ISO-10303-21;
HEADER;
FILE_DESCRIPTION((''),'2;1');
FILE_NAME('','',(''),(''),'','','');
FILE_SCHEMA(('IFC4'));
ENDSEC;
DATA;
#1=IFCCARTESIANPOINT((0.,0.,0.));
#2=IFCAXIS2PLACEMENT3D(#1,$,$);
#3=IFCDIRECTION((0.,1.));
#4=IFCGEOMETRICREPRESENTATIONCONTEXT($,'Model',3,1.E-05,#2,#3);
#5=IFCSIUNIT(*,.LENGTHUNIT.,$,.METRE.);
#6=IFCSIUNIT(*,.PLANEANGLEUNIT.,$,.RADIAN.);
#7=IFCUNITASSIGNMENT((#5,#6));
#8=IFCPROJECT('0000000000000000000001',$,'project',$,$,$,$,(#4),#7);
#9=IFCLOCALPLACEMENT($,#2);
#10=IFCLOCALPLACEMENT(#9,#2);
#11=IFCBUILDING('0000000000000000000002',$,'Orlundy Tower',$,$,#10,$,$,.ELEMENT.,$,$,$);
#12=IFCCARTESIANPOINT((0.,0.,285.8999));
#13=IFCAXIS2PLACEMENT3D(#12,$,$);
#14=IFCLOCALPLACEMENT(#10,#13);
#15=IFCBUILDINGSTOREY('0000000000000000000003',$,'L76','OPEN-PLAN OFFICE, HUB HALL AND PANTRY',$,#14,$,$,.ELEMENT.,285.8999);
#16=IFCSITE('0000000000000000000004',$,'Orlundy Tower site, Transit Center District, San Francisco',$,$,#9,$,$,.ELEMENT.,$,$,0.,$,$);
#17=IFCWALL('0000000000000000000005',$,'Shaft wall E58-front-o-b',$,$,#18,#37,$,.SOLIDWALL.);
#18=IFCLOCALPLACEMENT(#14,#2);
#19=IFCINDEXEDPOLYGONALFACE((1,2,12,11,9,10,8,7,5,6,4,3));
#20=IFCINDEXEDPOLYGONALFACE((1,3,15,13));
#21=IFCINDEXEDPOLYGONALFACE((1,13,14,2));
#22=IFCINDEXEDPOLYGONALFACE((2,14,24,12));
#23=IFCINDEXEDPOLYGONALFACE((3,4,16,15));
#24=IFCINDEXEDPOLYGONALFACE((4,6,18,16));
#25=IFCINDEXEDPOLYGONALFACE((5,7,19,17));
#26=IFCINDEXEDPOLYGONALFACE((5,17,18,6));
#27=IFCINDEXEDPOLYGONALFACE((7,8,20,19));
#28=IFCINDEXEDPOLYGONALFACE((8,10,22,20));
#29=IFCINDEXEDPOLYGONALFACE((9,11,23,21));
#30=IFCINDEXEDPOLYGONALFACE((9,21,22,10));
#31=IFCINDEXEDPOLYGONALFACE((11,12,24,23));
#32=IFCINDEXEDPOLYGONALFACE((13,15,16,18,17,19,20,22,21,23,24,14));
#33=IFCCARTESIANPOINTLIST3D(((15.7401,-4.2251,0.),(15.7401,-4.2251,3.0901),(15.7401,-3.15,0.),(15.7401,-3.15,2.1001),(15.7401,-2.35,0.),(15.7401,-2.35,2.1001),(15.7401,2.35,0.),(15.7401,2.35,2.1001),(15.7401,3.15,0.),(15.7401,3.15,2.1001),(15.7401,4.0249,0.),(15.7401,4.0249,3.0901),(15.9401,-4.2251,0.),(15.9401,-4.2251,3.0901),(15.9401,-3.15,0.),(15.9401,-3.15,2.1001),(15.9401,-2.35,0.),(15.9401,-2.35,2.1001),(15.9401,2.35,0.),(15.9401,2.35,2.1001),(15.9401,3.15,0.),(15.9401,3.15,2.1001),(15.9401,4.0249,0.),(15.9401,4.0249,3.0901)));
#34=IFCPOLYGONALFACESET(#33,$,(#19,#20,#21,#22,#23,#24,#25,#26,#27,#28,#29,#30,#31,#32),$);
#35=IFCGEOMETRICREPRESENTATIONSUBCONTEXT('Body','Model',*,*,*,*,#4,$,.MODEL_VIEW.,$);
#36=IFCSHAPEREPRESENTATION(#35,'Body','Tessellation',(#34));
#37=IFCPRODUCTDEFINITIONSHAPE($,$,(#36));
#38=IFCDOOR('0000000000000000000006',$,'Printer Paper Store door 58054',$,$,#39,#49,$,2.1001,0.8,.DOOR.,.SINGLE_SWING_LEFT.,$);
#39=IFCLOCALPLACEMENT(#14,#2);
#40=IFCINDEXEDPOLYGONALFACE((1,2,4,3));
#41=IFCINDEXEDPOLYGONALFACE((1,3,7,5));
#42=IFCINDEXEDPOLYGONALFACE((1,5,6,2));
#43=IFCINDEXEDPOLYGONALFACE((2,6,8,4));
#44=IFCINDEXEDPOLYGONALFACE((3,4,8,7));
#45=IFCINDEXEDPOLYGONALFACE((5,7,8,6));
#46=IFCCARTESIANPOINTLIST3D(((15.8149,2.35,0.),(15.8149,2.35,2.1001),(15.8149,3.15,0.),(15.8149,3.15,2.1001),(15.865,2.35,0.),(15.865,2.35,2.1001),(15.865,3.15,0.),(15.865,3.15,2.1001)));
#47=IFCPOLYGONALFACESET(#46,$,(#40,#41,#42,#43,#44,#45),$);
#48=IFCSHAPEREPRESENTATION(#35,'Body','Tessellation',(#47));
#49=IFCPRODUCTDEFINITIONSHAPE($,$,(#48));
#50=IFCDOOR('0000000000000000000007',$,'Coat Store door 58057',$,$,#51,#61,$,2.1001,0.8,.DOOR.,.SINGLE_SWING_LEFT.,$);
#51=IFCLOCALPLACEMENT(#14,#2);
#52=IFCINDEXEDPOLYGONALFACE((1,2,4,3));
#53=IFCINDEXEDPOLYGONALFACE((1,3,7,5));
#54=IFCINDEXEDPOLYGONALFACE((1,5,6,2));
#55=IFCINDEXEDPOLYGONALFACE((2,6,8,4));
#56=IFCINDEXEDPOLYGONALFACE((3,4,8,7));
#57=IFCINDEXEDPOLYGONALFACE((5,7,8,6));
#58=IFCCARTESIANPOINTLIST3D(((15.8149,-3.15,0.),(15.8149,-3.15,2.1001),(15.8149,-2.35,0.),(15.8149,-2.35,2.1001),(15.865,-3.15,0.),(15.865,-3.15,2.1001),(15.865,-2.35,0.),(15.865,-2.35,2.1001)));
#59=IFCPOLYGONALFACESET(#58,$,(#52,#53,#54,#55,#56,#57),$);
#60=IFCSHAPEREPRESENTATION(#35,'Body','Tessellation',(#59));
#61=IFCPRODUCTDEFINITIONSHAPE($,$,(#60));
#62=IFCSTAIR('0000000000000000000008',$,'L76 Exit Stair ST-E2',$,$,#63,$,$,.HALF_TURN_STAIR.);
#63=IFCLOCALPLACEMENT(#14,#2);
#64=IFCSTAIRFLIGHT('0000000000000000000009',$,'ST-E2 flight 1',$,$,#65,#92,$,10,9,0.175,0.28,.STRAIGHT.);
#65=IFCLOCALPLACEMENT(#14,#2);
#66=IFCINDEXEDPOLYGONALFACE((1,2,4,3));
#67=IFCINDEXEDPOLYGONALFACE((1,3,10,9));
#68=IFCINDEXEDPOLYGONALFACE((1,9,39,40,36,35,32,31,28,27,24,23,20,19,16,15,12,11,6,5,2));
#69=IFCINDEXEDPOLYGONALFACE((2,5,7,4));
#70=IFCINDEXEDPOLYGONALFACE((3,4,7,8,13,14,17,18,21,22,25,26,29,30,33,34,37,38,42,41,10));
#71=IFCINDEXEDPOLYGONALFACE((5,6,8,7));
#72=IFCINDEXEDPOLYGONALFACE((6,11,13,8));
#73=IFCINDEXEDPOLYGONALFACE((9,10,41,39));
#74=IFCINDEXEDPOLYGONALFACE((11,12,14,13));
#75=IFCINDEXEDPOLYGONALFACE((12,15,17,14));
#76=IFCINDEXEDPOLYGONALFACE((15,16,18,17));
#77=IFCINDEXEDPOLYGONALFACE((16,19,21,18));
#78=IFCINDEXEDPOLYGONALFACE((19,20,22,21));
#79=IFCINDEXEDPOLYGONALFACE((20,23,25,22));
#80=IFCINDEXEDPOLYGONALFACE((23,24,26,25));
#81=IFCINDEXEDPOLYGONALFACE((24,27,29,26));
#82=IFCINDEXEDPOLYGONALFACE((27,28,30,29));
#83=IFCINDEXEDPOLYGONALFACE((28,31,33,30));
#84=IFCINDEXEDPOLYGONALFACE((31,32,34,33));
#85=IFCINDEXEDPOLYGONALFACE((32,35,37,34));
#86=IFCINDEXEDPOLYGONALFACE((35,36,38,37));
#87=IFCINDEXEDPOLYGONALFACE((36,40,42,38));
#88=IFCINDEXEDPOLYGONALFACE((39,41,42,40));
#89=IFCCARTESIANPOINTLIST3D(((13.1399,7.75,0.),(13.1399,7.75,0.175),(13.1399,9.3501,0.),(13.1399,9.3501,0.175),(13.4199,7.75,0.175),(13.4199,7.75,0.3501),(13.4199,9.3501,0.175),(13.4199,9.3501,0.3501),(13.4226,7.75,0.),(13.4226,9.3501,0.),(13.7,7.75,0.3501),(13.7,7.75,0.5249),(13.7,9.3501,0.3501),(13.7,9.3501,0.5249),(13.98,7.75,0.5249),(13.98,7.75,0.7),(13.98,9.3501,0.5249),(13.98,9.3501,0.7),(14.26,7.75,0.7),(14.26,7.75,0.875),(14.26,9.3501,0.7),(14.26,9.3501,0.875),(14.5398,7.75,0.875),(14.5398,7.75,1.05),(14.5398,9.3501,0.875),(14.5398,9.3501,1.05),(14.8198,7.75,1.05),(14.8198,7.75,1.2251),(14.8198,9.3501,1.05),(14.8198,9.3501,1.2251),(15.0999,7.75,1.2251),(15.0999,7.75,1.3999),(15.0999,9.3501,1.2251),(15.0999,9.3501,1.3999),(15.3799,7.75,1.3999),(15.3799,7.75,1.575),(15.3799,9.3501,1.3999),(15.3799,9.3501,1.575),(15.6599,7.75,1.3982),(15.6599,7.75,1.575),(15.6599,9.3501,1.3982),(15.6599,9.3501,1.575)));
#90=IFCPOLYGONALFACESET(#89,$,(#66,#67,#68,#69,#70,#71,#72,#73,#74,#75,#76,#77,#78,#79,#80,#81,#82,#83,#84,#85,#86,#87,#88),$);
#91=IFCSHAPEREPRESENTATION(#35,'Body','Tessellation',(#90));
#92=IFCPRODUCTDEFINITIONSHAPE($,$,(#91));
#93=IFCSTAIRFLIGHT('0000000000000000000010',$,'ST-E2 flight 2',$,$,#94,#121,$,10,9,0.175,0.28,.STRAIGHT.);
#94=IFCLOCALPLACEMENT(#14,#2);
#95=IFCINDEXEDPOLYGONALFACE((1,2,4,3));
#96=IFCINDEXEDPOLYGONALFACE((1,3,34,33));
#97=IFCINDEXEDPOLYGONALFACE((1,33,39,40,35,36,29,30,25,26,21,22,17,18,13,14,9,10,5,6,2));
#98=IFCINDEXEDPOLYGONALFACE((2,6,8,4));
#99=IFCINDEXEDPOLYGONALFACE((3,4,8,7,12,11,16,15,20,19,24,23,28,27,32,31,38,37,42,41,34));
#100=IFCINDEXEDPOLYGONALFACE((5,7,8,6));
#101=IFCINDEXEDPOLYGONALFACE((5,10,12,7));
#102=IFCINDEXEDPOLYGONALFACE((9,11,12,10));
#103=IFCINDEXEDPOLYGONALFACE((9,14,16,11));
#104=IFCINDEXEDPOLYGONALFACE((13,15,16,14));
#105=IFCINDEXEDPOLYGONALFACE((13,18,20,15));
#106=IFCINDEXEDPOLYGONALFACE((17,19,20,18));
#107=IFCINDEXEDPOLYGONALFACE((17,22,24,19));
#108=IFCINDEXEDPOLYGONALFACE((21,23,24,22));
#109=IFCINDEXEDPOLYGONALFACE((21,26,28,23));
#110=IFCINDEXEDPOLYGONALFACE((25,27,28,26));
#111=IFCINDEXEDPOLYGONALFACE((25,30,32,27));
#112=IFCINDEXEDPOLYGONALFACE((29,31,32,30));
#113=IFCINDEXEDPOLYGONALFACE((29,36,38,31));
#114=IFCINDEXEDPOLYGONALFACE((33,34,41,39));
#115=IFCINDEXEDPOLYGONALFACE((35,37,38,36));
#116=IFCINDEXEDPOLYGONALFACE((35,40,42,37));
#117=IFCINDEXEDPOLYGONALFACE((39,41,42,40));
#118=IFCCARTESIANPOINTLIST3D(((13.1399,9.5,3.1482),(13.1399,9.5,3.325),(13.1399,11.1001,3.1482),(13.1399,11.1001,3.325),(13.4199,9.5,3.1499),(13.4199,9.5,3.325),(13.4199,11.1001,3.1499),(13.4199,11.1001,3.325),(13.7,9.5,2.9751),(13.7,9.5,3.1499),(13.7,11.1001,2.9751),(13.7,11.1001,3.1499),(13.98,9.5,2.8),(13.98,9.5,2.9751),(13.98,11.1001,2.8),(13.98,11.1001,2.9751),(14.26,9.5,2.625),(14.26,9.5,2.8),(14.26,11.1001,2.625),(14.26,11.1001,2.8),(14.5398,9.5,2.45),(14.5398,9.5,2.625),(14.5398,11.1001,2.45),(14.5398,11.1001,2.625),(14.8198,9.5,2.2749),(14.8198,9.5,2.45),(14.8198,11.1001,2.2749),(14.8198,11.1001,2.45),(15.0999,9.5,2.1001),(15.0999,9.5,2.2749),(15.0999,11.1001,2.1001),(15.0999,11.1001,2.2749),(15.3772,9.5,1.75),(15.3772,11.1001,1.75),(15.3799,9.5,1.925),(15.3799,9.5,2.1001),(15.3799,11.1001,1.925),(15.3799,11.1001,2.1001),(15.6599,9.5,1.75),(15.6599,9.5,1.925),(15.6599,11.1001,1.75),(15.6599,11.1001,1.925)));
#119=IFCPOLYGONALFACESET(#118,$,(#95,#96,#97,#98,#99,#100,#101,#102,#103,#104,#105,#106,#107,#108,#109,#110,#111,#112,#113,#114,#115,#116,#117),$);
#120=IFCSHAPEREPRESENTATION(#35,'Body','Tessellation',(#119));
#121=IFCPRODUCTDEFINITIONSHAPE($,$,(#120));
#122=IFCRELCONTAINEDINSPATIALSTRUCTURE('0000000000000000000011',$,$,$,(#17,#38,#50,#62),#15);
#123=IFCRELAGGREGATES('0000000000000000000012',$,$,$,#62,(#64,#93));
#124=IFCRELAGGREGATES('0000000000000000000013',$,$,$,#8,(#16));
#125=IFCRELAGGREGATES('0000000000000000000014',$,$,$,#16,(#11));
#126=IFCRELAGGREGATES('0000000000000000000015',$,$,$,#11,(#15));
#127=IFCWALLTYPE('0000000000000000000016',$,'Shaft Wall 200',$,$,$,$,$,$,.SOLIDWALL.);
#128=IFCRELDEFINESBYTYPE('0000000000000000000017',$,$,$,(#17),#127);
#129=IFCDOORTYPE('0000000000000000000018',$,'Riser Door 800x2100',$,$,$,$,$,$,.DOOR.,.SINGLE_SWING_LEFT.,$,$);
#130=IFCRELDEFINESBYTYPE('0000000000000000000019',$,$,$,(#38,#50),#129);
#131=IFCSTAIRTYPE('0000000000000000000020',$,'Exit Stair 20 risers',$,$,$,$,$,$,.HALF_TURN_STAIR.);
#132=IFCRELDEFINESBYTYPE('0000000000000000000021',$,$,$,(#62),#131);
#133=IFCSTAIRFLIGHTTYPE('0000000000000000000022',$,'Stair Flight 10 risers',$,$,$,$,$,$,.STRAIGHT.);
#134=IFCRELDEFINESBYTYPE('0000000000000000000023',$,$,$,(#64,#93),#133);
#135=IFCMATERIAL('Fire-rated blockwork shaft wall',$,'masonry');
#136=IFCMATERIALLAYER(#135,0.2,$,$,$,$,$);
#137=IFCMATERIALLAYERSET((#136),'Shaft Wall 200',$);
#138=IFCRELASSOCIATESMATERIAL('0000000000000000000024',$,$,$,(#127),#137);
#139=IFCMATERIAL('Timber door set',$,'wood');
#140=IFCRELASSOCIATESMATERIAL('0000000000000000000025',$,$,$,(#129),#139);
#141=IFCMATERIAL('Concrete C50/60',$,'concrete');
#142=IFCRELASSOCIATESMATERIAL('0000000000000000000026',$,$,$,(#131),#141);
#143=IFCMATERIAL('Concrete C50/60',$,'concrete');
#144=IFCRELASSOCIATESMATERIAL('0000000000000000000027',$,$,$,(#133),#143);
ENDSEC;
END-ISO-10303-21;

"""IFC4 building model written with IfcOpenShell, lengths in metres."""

from ifc_helpers import new_model, si_unit, direction, frame, frame_2d, origin, place, context, subcontext, project, spatial, polyline, rectangle, outline, extrude, material, layer, layer_set, type_object, element, fill, aggregate, save


model = new_model("IFC4")

# Units and contexts
model_context = context("Model", 3, precision=1e-05, world=origin(), true_north=direction((0.0, 1.0)))
body_context = subcontext(model_context, "Body", "Model", "MODEL_VIEW")
ifc_project = project(units=[si_unit("LENGTHUNIT", "METRE"), si_unit("PLANEANGLEUNIT", "RADIAN")], contexts=[model_context])

# Site, building, storey
site_placement = place(None, origin())
site = spatial("IfcSite", under=ifc_project, at=site_placement, Name="Orlundy Tower site, Transit Center District, San Francisco", CompositionType="ELEMENT", RefElevation=0.0)
building_placement = place(site_placement, origin())
building = spatial("IfcBuilding", under=site, at=building_placement, Name="Orlundy Tower", CompositionType="ELEMENT")
storey_placement = place(building_placement, frame((0.0, 0.0, 285.8999)))
storey = spatial("IfcBuildingStorey", under=building, at=storey_placement, Name="L76", Description="OPEN-PLAN OFFICE, HUB HALL AND PANTRY", CompositionType="ELEMENT", Elevation=285.8999)

# Shared definitions
ifc_material_1 = material(Name="Fire-rated blockwork shaft wall", Category="masonry")
ifc_layer_1 = layer(ifc_material_1, 0.2)
ifc_layer_set_1 = layer_set([ifc_layer_1], Name="Shaft Wall 200")
wall_type_1 = type_object("IfcWallType", Name="Shaft Wall 200", PredefinedType="SOLIDWALL", material=ifc_layer_set_1)

# Shared definitions
ifc_material_2 = material(Name="Timber door set", Category="wood")
door_type_1 = type_object("IfcDoorType", Name="Riser Door 800x2100", OperationType="SINGLE_SWING_LEFT", PredefinedType="DOOR", material=ifc_material_2)

# Wall, openings, doors
wall_1_placement = place(storey_placement, frame((15.8401, 4.0249, 0.0), z_axis=(0.0, 0.0, 1.0), x_axis=(0.0, -1.0, 0.0)))
wall_1 = element("IfcWall", 1, at=wall_1_placement, inside=storey, type_object=wall_type_1, Name="Shaft wall E58-front-o-b", PredefinedType="SOLIDWALL", context=body_context, shape_type="SweptSolid", body=[
    extrude(rectangle(XDim=8.25, YDim=0.2, at=frame_2d((4.125, 0.0))), origin(), (0.0, 0.0, 1.0), 3.0901),
])
opening_1_placement = place(wall_1_placement, frame((0.875, 0.0, 0.0)))
opening_1 = element("IfcOpeningElement", 2, at=opening_1_placement, cuts=wall_1, PredefinedType="OPENING", context=body_context, shape_type="SweptSolid", body=[
    extrude(rectangle(XDim=0.8, YDim=2.1001, at=frame_2d((0.3999, 1.05))), frame((0.0, 0.1101, 0.0), z_axis=(0.0, -1.0, 0.0), x_axis=(1.0, 0.0, 0.0)), (0.0, 0.0, 1.0), 0.2202),
])
opening_2_placement = place(wall_1_placement, frame((6.375, 0.0, 0.0)))
opening_2 = element("IfcOpeningElement", 3, at=opening_2_placement, cuts=wall_1, PredefinedType="OPENING", context=body_context, shape_type="SweptSolid", body=[
    extrude(rectangle(XDim=0.8, YDim=2.1001, at=frame_2d((0.3999, 1.05))), frame((0.0, 0.1101, 0.0), z_axis=(0.0, -1.0, 0.0), x_axis=(1.0, 0.0, 0.0)), (0.0, 0.0, 1.0), 0.2202),
])
door_1_placement = place(opening_1_placement, origin())
door_1 = element("IfcDoor", 4, at=door_1_placement, inside=storey, type_object=door_type_1, Name="Printer Paper Store door 58054", OperationType="SINGLE_SWING_LEFT", OverallHeight=2.1001, OverallWidth=0.8, PredefinedType="DOOR", context=body_context, shape_type="SweptSolid", body=[
    extrude(rectangle(XDim=0.8, YDim=2.1001, at=frame_2d((0.3999, 1.05))), frame((0.0, 0.0249, 0.0), z_axis=(0.0, -1.0, 0.0), x_axis=(1.0, 0.0, 0.0)), (0.0, 0.0, 1.0), 0.05),
])
fill(opening_1, door_1)
door_2_placement = place(opening_2_placement, origin())
door_2 = element("IfcDoor", 5, at=door_2_placement, inside=storey, type_object=door_type_1, Name="Coat Store door 58057", OperationType="SINGLE_SWING_LEFT", OverallHeight=2.1001, OverallWidth=0.8, PredefinedType="DOOR", context=body_context, shape_type="SweptSolid", body=[
    extrude(rectangle(XDim=0.8, YDim=2.1001, at=frame_2d((0.3999, 1.05))), frame((0.0, 0.0249, 0.0), z_axis=(0.0, -1.0, 0.0), x_axis=(1.0, 0.0, 0.0)), (0.0, 0.0, 1.0), 0.05),
])
fill(opening_2, door_2)

# Stair, stair flights
ifc_material_3 = material(Name="Concrete C50/60", Category="concrete")
stair_type = type_object("IfcStairType", Name="Exit Stair 20 risers", PredefinedType="HALF_TURN_STAIR", material=ifc_material_3)
stair_placement = place(storey_placement, origin())
stair = element("IfcStair", 6, at=stair_placement, inside=storey, type_object=stair_type, Name="L76 Exit Stair ST-E2", PredefinedType="HALF_TURN_STAIR")
ifc_material_4 = material(Name="Concrete C50/60", Category="concrete")
stair_flight_type = type_object("IfcStairFlightType", Name="Stair Flight 10 risers", PredefinedType="STRAIGHT", material=ifc_material_4)
stair_flight_1_placement = place(storey_placement, frame((13.1399, 8.55, 0.0), z_axis=(0.0, 0.0, 1.0), x_axis=(1.0, 0.0, 0.0)))
stair_flight_1 = element("IfcStairFlight", 7, at=stair_flight_1_placement, type_object=stair_flight_type, Name="ST-E2 flight 1", NumberOfRisers=10, NumberOfTreads=9, PredefinedType="STRAIGHT", RiserHeight=0.175, TreadLength=0.28, context=body_context, shape_type="SweptSolid", body=[
    extrude(outline(polyline([(0.0, 0.0), (0.0, 0.175), (0.28, 0.175), (0.28, 0.3501), (0.5601, 0.3501), (0.5601, 0.5249), (0.8401, 0.5249), (0.8401, 0.7), (1.1201, 0.7), (1.1201, 0.875), (1.3999, 0.875), (1.3999, 1.05), (1.6799, 1.05), (1.6799, 1.2251), (1.96, 1.2251), (1.96, 1.3999), (2.24, 1.3999), (2.24, 1.575), (2.52, 1.575), (2.52, 1.75), (2.52, 1.3982), (0.2827, 0.0), (0.0, 0.0)])), frame((0.0, 0.8, 0.0), z_axis=(0.0, -1.0, 0.0), x_axis=(1.0, 0.0, 0.0)), (0.0, 0.0, 1.0), 1.6001),
])
stair_flight_2_placement = place(storey_placement, frame((15.6599, 10.3, 1.75), z_axis=(0.0, 0.0, 1.0), x_axis=(-1.0, 0.0, 0.0)))
stair_flight_2 = element("IfcStairFlight", 8, at=stair_flight_2_placement, type_object=stair_flight_type, Name="ST-E2 flight 2", NumberOfRisers=10, NumberOfTreads=9, PredefinedType="STRAIGHT", RiserHeight=0.175, TreadLength=0.28, context=body_context, shape_type="SweptSolid", body=[
    extrude(outline(polyline([(0.0, 0.0), (0.0, 0.175), (0.28, 0.175), (0.28, 0.3501), (0.5601, 0.3501), (0.5601, 0.5249), (0.8401, 0.5249), (0.8401, 0.7), (1.1201, 0.7), (1.1201, 0.875), (1.3999, 0.875), (1.3999, 1.05), (1.6799, 1.05), (1.6799, 1.2251), (1.96, 1.2251), (1.96, 1.3999), (2.24, 1.3999), (2.24, 1.575), (2.52, 1.575), (2.52, 1.75), (2.52, 1.3982), (0.2827, 0.0), (0.0, 0.0)])), frame((0.0, 0.8, 0.0), z_axis=(0.0, -1.0, 0.0), x_axis=(1.0, 0.0, 0.0)), (0.0, 0.0, 1.0), 1.6001),
])
aggregate(stair, [stair_flight_1, stair_flight_2])

save(model, "model.ifc")
